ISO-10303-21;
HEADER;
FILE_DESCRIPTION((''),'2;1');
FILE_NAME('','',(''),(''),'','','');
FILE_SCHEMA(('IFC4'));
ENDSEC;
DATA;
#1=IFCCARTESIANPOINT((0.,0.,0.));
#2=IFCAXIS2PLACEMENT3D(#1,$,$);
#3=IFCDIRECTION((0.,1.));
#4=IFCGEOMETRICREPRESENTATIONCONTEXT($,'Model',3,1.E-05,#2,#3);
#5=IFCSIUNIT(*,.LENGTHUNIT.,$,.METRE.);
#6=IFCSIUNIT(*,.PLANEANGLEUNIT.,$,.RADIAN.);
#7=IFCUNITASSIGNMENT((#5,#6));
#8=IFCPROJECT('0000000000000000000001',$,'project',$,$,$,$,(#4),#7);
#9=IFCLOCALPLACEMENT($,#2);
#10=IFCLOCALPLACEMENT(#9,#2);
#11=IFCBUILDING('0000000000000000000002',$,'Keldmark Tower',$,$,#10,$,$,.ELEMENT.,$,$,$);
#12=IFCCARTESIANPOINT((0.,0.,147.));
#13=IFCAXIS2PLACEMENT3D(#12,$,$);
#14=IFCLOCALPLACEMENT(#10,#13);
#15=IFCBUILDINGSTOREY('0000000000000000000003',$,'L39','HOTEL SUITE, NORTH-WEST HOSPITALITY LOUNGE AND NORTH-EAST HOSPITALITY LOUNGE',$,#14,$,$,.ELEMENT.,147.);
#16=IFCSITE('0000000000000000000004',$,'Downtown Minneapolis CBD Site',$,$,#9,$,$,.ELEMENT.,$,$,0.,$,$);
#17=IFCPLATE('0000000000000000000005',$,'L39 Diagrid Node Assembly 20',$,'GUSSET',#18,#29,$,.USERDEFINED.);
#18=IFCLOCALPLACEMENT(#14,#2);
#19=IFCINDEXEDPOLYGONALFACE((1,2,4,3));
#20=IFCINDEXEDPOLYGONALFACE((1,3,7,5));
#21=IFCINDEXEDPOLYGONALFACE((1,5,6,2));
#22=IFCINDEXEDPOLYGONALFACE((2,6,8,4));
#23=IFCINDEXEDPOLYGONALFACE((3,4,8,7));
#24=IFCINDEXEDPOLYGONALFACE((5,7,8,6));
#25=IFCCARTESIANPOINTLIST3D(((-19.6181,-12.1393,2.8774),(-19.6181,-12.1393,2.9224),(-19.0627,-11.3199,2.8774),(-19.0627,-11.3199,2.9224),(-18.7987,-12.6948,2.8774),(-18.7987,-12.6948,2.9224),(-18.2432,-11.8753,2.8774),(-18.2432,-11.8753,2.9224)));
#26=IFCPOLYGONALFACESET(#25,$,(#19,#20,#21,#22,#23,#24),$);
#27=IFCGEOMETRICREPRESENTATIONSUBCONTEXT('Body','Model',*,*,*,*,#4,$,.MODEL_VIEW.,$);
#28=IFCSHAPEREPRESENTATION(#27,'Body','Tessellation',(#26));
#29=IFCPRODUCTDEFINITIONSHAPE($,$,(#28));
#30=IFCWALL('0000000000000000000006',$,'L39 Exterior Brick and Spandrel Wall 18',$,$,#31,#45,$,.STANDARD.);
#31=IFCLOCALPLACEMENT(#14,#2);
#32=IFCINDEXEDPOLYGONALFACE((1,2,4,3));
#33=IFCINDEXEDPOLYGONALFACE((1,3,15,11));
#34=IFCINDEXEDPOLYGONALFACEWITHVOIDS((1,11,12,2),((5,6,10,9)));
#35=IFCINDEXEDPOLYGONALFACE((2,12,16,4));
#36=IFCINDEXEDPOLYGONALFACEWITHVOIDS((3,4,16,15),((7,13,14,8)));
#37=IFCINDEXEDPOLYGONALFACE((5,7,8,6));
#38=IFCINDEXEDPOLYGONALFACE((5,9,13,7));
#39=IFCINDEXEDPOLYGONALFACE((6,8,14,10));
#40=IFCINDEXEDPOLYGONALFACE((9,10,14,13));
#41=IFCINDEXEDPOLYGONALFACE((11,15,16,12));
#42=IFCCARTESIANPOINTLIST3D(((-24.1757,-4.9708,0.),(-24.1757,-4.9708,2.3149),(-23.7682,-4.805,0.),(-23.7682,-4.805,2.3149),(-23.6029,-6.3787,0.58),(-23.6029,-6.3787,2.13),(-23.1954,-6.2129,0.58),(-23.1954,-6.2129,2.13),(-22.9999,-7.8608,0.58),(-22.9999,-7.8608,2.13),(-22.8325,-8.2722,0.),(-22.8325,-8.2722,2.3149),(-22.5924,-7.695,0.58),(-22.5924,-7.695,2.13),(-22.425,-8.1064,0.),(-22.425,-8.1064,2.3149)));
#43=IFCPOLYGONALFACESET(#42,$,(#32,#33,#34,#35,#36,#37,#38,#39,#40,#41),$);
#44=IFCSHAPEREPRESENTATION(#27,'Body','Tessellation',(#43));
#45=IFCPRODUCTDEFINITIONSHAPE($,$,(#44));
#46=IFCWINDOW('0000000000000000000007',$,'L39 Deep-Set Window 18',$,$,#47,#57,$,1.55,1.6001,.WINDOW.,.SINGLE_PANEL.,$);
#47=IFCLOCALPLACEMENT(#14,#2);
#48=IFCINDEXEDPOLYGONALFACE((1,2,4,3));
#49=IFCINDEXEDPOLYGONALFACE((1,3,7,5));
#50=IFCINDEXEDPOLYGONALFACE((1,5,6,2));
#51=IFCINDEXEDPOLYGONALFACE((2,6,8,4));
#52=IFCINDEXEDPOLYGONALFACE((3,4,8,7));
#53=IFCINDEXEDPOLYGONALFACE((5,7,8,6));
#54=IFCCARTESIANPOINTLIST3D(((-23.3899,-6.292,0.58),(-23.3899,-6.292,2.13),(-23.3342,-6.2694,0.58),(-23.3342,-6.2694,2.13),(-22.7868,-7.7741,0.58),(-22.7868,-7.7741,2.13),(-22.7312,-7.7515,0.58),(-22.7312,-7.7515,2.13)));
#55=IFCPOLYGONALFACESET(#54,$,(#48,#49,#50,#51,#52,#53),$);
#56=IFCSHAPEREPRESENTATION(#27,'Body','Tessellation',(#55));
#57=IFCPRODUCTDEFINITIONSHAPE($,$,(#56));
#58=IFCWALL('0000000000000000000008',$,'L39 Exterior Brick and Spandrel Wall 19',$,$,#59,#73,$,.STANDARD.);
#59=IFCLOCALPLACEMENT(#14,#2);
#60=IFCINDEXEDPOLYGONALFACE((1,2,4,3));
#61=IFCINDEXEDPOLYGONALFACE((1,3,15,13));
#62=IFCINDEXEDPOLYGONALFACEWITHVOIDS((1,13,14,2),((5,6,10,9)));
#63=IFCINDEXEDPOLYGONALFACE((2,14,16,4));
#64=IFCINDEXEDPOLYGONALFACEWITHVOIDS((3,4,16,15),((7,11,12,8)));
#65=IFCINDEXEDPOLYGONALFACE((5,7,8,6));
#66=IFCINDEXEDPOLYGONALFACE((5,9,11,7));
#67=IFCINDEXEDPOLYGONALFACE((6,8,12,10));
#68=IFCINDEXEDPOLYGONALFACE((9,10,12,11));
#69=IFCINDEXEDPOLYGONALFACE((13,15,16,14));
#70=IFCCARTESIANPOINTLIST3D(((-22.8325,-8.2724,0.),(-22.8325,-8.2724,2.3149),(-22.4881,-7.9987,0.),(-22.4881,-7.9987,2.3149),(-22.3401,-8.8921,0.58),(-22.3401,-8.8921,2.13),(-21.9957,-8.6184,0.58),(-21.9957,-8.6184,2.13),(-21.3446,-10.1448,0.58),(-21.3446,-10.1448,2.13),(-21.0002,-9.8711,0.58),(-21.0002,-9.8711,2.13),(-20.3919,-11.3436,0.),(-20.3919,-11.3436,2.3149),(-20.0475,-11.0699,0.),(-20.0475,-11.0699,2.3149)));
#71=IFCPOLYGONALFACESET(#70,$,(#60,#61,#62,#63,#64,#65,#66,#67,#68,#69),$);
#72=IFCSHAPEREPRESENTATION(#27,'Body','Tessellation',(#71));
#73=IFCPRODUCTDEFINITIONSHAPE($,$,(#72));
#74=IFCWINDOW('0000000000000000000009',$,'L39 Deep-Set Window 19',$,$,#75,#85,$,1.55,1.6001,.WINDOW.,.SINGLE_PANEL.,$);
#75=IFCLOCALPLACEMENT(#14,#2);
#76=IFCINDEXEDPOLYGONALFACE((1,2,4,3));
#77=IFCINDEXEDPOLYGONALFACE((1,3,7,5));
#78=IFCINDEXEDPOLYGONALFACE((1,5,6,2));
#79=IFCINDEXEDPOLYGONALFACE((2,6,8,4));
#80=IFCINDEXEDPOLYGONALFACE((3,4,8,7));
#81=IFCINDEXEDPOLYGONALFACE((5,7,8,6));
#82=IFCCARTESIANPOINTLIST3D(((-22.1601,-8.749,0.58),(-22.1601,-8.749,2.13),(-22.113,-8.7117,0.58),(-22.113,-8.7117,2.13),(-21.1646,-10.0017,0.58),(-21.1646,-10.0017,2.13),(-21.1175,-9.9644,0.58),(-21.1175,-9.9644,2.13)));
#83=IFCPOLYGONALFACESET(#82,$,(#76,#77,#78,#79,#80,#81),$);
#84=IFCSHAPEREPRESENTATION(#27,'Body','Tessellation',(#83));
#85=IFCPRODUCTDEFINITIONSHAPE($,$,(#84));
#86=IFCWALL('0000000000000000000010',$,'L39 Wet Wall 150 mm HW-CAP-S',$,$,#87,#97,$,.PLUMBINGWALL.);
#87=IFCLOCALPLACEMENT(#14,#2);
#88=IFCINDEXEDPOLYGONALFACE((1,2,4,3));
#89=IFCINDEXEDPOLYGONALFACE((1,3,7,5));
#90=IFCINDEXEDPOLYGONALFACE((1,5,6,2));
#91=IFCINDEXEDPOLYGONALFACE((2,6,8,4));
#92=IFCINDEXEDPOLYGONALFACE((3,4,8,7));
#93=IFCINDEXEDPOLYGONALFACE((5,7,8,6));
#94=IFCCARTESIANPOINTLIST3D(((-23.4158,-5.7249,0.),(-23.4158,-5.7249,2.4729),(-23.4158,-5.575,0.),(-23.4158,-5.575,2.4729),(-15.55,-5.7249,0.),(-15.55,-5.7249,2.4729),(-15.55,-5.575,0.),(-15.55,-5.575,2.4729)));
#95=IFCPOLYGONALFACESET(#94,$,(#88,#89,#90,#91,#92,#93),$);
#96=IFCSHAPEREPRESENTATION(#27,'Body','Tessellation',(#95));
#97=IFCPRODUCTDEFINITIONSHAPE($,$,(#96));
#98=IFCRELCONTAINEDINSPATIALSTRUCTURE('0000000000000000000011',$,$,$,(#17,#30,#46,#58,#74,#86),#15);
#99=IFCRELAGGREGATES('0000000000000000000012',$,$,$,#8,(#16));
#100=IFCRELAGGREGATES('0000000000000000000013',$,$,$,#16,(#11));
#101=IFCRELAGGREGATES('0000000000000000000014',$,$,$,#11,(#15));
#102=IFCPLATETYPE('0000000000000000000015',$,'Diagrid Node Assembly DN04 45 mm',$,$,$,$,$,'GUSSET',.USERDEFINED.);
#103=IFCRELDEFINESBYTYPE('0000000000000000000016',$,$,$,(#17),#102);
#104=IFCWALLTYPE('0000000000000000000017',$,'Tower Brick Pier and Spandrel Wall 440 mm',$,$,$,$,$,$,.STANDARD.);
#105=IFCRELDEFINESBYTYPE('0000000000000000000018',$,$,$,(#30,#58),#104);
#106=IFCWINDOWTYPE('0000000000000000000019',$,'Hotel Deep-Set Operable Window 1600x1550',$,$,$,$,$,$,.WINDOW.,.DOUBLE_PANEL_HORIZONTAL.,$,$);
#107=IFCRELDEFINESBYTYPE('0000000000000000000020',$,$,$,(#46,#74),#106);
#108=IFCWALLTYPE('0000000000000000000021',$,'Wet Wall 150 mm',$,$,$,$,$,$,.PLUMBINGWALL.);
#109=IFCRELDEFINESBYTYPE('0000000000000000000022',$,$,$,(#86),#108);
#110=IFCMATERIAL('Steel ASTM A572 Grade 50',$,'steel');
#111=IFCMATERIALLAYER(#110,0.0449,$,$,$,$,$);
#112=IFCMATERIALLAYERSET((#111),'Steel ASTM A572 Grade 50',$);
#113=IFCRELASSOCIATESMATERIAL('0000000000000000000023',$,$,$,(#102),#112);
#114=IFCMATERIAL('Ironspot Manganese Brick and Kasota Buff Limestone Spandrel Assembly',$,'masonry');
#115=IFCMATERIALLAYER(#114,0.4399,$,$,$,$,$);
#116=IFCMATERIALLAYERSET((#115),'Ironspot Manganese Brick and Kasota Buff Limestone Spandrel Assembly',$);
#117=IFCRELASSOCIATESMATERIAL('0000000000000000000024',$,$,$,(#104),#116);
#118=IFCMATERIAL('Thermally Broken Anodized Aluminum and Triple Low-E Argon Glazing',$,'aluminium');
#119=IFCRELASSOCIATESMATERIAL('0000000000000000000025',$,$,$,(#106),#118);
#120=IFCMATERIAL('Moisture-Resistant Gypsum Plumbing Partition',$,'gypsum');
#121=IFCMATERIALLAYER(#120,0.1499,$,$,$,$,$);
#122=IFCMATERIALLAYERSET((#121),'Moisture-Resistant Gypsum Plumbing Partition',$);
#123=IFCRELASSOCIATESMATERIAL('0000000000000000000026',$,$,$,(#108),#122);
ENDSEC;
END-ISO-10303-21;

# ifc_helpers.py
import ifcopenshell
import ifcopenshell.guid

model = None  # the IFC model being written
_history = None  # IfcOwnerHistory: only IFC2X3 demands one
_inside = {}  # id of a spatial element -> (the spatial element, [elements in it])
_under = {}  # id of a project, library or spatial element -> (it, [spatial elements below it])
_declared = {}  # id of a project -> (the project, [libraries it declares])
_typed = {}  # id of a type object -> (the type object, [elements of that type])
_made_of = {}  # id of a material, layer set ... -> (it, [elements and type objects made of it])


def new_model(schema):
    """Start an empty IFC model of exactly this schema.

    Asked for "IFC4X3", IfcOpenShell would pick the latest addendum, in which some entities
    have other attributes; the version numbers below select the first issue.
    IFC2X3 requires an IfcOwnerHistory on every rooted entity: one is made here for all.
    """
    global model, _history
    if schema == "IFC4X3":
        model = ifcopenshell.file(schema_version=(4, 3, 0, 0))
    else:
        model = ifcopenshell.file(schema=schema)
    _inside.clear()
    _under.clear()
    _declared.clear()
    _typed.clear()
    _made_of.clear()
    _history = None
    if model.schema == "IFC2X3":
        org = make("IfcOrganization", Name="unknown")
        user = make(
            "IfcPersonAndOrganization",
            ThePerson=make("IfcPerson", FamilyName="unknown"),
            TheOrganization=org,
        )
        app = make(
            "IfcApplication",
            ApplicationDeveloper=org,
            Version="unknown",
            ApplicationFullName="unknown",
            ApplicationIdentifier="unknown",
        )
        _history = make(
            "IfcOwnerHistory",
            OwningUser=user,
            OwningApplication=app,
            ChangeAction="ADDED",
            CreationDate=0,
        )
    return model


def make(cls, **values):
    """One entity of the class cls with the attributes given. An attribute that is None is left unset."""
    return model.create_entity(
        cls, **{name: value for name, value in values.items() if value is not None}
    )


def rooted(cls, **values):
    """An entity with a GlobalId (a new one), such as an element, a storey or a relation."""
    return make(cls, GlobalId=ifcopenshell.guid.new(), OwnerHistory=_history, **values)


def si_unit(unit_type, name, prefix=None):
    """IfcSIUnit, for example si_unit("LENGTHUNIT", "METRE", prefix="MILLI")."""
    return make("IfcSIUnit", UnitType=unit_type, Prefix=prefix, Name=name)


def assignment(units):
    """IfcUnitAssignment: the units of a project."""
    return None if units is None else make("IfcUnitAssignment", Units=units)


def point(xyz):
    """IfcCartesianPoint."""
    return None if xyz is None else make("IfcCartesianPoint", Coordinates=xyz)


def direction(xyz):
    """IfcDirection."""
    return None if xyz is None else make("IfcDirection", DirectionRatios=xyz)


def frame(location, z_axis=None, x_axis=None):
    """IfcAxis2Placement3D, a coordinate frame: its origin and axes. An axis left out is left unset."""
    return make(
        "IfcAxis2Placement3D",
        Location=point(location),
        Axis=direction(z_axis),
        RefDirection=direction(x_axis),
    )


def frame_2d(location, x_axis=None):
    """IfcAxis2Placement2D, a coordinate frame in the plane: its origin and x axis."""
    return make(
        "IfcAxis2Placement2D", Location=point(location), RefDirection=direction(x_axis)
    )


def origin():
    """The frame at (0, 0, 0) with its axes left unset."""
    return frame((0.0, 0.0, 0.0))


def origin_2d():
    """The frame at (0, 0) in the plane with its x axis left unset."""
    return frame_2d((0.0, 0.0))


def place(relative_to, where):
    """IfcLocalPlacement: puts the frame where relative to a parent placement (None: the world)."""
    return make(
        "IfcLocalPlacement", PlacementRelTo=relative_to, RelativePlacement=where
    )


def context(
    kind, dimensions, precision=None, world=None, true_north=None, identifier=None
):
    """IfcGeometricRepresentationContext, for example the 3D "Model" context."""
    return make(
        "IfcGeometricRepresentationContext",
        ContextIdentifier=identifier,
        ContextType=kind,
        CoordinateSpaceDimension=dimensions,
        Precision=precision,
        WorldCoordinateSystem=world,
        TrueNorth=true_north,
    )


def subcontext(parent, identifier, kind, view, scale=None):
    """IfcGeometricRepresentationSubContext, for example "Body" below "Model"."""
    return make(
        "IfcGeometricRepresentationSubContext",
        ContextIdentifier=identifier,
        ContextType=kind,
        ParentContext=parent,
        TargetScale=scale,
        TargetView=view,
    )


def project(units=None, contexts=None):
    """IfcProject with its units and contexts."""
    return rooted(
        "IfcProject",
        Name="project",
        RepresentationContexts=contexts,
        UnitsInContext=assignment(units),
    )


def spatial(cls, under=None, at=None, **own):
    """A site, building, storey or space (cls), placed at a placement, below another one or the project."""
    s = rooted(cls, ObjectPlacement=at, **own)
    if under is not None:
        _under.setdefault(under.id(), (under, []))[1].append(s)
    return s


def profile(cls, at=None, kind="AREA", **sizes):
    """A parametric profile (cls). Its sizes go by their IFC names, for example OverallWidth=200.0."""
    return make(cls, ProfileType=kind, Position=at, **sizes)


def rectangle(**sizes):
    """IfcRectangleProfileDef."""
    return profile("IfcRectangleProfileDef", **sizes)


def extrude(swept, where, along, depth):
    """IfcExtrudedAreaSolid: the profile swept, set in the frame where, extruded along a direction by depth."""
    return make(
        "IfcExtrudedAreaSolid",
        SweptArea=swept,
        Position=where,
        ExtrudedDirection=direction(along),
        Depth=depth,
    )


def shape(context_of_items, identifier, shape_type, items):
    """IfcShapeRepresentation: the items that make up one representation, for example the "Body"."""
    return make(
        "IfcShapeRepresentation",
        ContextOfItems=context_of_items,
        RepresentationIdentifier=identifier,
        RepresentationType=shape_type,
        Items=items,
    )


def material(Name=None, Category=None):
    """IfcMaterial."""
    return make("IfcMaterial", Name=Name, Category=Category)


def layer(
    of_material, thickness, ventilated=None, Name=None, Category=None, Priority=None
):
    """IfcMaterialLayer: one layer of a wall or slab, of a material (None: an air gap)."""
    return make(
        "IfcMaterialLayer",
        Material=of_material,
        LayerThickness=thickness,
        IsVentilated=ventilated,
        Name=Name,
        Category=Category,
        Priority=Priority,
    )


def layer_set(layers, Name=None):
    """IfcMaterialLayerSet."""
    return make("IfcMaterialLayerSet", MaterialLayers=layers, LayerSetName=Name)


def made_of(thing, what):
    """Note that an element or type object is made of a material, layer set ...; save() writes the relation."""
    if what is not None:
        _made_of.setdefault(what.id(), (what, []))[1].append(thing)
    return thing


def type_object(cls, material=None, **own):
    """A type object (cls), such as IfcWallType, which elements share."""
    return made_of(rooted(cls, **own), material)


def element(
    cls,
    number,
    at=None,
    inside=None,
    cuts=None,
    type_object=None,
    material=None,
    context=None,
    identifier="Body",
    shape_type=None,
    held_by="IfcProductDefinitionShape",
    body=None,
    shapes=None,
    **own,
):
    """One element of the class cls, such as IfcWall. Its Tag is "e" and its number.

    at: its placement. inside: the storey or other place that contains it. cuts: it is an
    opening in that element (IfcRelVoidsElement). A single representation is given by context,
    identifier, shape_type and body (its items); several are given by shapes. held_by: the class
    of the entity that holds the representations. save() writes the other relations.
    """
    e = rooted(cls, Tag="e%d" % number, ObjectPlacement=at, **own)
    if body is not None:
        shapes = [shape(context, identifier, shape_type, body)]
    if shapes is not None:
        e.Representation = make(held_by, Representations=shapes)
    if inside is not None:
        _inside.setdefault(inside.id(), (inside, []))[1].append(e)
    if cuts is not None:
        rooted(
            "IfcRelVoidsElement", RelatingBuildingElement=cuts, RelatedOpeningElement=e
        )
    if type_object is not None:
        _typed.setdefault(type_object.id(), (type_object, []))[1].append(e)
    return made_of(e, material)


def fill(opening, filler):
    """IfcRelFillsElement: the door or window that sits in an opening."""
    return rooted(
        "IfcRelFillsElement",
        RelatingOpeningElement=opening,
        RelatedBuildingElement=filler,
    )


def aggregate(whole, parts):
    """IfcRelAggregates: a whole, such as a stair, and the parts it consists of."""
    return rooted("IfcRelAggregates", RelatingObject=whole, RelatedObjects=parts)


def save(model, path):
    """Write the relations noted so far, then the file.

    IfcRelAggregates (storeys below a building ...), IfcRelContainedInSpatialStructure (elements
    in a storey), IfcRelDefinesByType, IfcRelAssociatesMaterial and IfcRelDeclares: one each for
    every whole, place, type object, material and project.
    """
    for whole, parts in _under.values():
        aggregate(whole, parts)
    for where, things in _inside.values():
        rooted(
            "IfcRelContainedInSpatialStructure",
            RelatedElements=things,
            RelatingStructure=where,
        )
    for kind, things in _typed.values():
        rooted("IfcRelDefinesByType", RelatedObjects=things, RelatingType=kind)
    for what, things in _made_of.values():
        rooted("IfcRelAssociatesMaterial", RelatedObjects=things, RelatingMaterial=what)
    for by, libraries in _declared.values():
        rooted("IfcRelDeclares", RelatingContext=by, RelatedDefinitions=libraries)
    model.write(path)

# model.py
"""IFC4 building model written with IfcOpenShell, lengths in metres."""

from ifc_helpers import new_model, si_unit, direction, frame, frame_2d, origin, origin_2d, place, context, subcontext, project, spatial, rectangle, extrude, material, layer, layer_set, type_object, element, fill, save


model = new_model("IFC4")

# Units and contexts
model_context = context("Model", 3, precision=1e-05, world=origin(), true_north=direction((0.0, 1.0)))
body_context = subcontext(model_context, "Body", "Model", "MODEL_VIEW")
ifc_project = project(units=[si_unit("LENGTHUNIT", "METRE"), si_unit("PLANEANGLEUNIT", "RADIAN")], contexts=[model_context])

# Site, building, storey
site_placement = place(None, origin())
site = spatial("IfcSite", under=ifc_project, at=site_placement, Name="Downtown Minneapolis CBD Site", CompositionType="ELEMENT", RefElevation=0.0)
building_placement = place(site_placement, origin())
building = spatial("IfcBuilding", under=site, at=building_placement, Name="Keldmark Tower", CompositionType="ELEMENT")
storey_placement = place(building_placement, frame((0.0, 0.0, 147.0)))
storey = spatial("IfcBuildingStorey", under=building, at=storey_placement, Name="L39", Description="HOTEL SUITE, NORTH-WEST HOSPITALITY LOUNGE AND NORTH-EAST HOSPITALITY LOUNGE", CompositionType="ELEMENT", Elevation=147.0)

# Plate
ifc_material_1 = material(Name="Steel ASTM A572 Grade 50", Category="steel")
ifc_layer_1 = layer(ifc_material_1, 0.0449)
ifc_layer_set_1 = layer_set([ifc_layer_1], Name="Steel ASTM A572 Grade 50")
plate_type = type_object("IfcPlateType", Name="Diagrid Node Assembly DN04 45 mm", ElementType="GUSSET", PredefinedType="USERDEFINED", material=ifc_layer_set_1)
for number, where, z_axis, x_axis, name in (
    (1, (-18.9307, -12.0073, 2.8774), (0.0, 0.0, 1.0), (0.827767, -0.561072, 0.0), "L39 Diagrid Node Assembly 20"),
):
    element("IfcPlate", number, at=place(storey_placement, frame(where, z_axis=z_axis, x_axis=x_axis)), inside=storey, type_object=plate_type, Name=name, ObjectType="GUSSET", PredefinedType="USERDEFINED", context=body_context, shape_type="SweptSolid", body=[
        extrude(rectangle(XDim=0.99, YDim=0.99, at=origin_2d()), origin(), (0.0, 0.0, 1.0), 0.0449),
    ])

# Walls, openings, windows
ifc_material_2 = material(Name="Ironspot Manganese Brick and Kasota Buff Limestone Spandrel Assembly", Category="masonry")
ifc_layer_2 = layer(ifc_material_2, 0.4399)
ifc_layer_set_2 = layer_set([ifc_layer_2], Name="Ironspot Manganese Brick and Kasota Buff Limestone Spandrel Assembly")
wall_type_1 = type_object("IfcWallType", Name="Tower Brick Pier and Spandrel Wall 440 mm", PredefinedType="STANDARD", material=ifc_layer_set_2)
wall_1_placement = place(storey_placement, frame((-22.6287, -8.1895, 0.0), z_axis=(0.0, 0.0, 1.0), x_axis=(-0.376864, 0.926269, 0.0)))
wall_1 = element("IfcWall", 2, at=wall_1_placement, inside=storey, type_object=wall_type_1, Name="L39 Exterior Brick and Spandrel Wall 18", PredefinedType="STANDARD", context=body_context, shape_type="SweptSolid", body=[
    extrude(rectangle(XDim=3.5642, YDim=0.4399, at=frame_2d((1.7822, 0.0))), origin(), (0.0, 0.0, 1.0), 2.3149),
])
opening_1_placement = place(wall_1_placement, frame((0.4443, 0.0, 0.5801)))
opening_1 = element("IfcOpeningElement", 3, at=opening_1_placement, cuts=wall_1, PredefinedType="OPENING", context=body_context, shape_type="SweptSolid", body=[
    extrude(rectangle(XDim=1.6001, YDim=1.55, at=frame_2d((0.8, 0.7749))), frame((0.0, 0.23, 0.0), z_axis=(0.0, -1.0, 0.0), x_axis=(1.0, 0.0, 0.0)), (0.0, 0.0, 1.0), 0.46),
])
ifc_material_3 = material(Name="Thermally Broken Anodized Aluminum and Triple Low-E Argon Glazing", Category="aluminium")
window_type = type_object("IfcWindowType", Name="Hotel Deep-Set Operable Window 1600x1550", PartitioningType="DOUBLE_PANEL_HORIZONTAL", PredefinedType="WINDOW", material=ifc_material_3)
window_1_placement = place(opening_1_placement, origin())
window_1 = element("IfcWindow", 4, at=window_1_placement, inside=storey, type_object=window_type, Name="L39 Deep-Set Window 18", OverallHeight=1.55, OverallWidth=1.6001, PartitioningType="SINGLE_PANEL", PredefinedType="WINDOW", context=body_context, shape_type="SweptSolid", body=[
    extrude(rectangle(XDim=1.6001, YDim=1.55, at=frame_2d((0.8, 0.7749))), frame((0.0, -0.01, 0.0), z_axis=(0.0, -1.0, 0.0), x_axis=(1.0, 0.0, 0.0)), (0.0, 0.0, 1.0), 0.0601),
])
fill(opening_1, window_1)
wall_2_placement = place(storey_placement, frame((-20.2197, -11.2068, 0.0), z_axis=(0.0, 0.0, 1.0), x_axis=(-0.622149, 0.782899, 0.0)))
wall_2 = element("IfcWall", 5, at=wall_2_placement, inside=storey, type_object=wall_type_1, Name="L39 Exterior Brick and Spandrel Wall 19", PredefinedType="STANDARD", context=body_context, shape_type="SweptSolid", body=[
    extrude(rectangle(XDim=3.9229, YDim=0.4399, at=frame_2d((1.9614, 0.0))), origin(), (0.0, 0.0, 1.0), 2.3149),
])
opening_2_placement = place(wall_2_placement, frame((1.5312, 0.0, 0.5801)))
opening_2 = element("IfcOpeningElement", 6, at=opening_2_placement, cuts=wall_2, PredefinedType="OPENING", context=body_context, shape_type="SweptSolid", body=[
    extrude(rectangle(XDim=1.6001, YDim=1.55, at=frame_2d((0.8, 0.7749))), frame((0.0, 0.23, 0.0), z_axis=(0.0, -1.0, 0.0), x_axis=(1.0, 0.0, 0.0)), (0.0, 0.0, 1.0), 0.46),
])
window_2_placement = place(opening_2_placement, origin())
window_2 = element("IfcWindow", 7, at=window_2_placement, inside=storey, type_object=window_type, Name="L39 Deep-Set Window 19", OverallHeight=1.55, OverallWidth=1.6001, PartitioningType="SINGLE_PANEL", PredefinedType="WINDOW", context=body_context, shape_type="SweptSolid", body=[
    extrude(rectangle(XDim=1.6001, YDim=1.55, at=frame_2d((0.8, 0.7749))), frame((0.0, -0.01, 0.0), z_axis=(0.0, -1.0, 0.0), x_axis=(1.0, 0.0, 0.0)), (0.0, 0.0, 1.0), 0.0601),
])
fill(opening_2, window_2)

# Wall
ifc_material_4 = material(Name="Moisture-Resistant Gypsum Plumbing Partition", Category="gypsum")
ifc_layer_3 = layer(ifc_material_4, 0.1499)
ifc_layer_set_3 = layer_set([ifc_layer_3], Name="Moisture-Resistant Gypsum Plumbing Partition")
wall_type_2 = type_object("IfcWallType", Name="Wet Wall 150 mm", PredefinedType="PLUMBINGWALL", material=ifc_layer_set_3)
wall_3_placement = place(storey_placement, frame((-23.4158, -5.6499, 0.0), z_axis=(0.0, 0.0, 1.0), x_axis=(1.0, 0.0, 0.0)))
element("IfcWall", 8, at=wall_3_placement, inside=storey, type_object=wall_type_2, Name="L39 Wet Wall 150 mm HW-CAP-S", PredefinedType="PLUMBINGWALL", context=body_context, shape_type="SweptSolid", body=[
    extrude(rectangle(XDim=7.8657, YDim=0.1499, at=frame_2d((3.9329, 0.0))), origin(), (0.0, 0.0, 1.0), 2.4729),
])

save(model, "model.ifc")
